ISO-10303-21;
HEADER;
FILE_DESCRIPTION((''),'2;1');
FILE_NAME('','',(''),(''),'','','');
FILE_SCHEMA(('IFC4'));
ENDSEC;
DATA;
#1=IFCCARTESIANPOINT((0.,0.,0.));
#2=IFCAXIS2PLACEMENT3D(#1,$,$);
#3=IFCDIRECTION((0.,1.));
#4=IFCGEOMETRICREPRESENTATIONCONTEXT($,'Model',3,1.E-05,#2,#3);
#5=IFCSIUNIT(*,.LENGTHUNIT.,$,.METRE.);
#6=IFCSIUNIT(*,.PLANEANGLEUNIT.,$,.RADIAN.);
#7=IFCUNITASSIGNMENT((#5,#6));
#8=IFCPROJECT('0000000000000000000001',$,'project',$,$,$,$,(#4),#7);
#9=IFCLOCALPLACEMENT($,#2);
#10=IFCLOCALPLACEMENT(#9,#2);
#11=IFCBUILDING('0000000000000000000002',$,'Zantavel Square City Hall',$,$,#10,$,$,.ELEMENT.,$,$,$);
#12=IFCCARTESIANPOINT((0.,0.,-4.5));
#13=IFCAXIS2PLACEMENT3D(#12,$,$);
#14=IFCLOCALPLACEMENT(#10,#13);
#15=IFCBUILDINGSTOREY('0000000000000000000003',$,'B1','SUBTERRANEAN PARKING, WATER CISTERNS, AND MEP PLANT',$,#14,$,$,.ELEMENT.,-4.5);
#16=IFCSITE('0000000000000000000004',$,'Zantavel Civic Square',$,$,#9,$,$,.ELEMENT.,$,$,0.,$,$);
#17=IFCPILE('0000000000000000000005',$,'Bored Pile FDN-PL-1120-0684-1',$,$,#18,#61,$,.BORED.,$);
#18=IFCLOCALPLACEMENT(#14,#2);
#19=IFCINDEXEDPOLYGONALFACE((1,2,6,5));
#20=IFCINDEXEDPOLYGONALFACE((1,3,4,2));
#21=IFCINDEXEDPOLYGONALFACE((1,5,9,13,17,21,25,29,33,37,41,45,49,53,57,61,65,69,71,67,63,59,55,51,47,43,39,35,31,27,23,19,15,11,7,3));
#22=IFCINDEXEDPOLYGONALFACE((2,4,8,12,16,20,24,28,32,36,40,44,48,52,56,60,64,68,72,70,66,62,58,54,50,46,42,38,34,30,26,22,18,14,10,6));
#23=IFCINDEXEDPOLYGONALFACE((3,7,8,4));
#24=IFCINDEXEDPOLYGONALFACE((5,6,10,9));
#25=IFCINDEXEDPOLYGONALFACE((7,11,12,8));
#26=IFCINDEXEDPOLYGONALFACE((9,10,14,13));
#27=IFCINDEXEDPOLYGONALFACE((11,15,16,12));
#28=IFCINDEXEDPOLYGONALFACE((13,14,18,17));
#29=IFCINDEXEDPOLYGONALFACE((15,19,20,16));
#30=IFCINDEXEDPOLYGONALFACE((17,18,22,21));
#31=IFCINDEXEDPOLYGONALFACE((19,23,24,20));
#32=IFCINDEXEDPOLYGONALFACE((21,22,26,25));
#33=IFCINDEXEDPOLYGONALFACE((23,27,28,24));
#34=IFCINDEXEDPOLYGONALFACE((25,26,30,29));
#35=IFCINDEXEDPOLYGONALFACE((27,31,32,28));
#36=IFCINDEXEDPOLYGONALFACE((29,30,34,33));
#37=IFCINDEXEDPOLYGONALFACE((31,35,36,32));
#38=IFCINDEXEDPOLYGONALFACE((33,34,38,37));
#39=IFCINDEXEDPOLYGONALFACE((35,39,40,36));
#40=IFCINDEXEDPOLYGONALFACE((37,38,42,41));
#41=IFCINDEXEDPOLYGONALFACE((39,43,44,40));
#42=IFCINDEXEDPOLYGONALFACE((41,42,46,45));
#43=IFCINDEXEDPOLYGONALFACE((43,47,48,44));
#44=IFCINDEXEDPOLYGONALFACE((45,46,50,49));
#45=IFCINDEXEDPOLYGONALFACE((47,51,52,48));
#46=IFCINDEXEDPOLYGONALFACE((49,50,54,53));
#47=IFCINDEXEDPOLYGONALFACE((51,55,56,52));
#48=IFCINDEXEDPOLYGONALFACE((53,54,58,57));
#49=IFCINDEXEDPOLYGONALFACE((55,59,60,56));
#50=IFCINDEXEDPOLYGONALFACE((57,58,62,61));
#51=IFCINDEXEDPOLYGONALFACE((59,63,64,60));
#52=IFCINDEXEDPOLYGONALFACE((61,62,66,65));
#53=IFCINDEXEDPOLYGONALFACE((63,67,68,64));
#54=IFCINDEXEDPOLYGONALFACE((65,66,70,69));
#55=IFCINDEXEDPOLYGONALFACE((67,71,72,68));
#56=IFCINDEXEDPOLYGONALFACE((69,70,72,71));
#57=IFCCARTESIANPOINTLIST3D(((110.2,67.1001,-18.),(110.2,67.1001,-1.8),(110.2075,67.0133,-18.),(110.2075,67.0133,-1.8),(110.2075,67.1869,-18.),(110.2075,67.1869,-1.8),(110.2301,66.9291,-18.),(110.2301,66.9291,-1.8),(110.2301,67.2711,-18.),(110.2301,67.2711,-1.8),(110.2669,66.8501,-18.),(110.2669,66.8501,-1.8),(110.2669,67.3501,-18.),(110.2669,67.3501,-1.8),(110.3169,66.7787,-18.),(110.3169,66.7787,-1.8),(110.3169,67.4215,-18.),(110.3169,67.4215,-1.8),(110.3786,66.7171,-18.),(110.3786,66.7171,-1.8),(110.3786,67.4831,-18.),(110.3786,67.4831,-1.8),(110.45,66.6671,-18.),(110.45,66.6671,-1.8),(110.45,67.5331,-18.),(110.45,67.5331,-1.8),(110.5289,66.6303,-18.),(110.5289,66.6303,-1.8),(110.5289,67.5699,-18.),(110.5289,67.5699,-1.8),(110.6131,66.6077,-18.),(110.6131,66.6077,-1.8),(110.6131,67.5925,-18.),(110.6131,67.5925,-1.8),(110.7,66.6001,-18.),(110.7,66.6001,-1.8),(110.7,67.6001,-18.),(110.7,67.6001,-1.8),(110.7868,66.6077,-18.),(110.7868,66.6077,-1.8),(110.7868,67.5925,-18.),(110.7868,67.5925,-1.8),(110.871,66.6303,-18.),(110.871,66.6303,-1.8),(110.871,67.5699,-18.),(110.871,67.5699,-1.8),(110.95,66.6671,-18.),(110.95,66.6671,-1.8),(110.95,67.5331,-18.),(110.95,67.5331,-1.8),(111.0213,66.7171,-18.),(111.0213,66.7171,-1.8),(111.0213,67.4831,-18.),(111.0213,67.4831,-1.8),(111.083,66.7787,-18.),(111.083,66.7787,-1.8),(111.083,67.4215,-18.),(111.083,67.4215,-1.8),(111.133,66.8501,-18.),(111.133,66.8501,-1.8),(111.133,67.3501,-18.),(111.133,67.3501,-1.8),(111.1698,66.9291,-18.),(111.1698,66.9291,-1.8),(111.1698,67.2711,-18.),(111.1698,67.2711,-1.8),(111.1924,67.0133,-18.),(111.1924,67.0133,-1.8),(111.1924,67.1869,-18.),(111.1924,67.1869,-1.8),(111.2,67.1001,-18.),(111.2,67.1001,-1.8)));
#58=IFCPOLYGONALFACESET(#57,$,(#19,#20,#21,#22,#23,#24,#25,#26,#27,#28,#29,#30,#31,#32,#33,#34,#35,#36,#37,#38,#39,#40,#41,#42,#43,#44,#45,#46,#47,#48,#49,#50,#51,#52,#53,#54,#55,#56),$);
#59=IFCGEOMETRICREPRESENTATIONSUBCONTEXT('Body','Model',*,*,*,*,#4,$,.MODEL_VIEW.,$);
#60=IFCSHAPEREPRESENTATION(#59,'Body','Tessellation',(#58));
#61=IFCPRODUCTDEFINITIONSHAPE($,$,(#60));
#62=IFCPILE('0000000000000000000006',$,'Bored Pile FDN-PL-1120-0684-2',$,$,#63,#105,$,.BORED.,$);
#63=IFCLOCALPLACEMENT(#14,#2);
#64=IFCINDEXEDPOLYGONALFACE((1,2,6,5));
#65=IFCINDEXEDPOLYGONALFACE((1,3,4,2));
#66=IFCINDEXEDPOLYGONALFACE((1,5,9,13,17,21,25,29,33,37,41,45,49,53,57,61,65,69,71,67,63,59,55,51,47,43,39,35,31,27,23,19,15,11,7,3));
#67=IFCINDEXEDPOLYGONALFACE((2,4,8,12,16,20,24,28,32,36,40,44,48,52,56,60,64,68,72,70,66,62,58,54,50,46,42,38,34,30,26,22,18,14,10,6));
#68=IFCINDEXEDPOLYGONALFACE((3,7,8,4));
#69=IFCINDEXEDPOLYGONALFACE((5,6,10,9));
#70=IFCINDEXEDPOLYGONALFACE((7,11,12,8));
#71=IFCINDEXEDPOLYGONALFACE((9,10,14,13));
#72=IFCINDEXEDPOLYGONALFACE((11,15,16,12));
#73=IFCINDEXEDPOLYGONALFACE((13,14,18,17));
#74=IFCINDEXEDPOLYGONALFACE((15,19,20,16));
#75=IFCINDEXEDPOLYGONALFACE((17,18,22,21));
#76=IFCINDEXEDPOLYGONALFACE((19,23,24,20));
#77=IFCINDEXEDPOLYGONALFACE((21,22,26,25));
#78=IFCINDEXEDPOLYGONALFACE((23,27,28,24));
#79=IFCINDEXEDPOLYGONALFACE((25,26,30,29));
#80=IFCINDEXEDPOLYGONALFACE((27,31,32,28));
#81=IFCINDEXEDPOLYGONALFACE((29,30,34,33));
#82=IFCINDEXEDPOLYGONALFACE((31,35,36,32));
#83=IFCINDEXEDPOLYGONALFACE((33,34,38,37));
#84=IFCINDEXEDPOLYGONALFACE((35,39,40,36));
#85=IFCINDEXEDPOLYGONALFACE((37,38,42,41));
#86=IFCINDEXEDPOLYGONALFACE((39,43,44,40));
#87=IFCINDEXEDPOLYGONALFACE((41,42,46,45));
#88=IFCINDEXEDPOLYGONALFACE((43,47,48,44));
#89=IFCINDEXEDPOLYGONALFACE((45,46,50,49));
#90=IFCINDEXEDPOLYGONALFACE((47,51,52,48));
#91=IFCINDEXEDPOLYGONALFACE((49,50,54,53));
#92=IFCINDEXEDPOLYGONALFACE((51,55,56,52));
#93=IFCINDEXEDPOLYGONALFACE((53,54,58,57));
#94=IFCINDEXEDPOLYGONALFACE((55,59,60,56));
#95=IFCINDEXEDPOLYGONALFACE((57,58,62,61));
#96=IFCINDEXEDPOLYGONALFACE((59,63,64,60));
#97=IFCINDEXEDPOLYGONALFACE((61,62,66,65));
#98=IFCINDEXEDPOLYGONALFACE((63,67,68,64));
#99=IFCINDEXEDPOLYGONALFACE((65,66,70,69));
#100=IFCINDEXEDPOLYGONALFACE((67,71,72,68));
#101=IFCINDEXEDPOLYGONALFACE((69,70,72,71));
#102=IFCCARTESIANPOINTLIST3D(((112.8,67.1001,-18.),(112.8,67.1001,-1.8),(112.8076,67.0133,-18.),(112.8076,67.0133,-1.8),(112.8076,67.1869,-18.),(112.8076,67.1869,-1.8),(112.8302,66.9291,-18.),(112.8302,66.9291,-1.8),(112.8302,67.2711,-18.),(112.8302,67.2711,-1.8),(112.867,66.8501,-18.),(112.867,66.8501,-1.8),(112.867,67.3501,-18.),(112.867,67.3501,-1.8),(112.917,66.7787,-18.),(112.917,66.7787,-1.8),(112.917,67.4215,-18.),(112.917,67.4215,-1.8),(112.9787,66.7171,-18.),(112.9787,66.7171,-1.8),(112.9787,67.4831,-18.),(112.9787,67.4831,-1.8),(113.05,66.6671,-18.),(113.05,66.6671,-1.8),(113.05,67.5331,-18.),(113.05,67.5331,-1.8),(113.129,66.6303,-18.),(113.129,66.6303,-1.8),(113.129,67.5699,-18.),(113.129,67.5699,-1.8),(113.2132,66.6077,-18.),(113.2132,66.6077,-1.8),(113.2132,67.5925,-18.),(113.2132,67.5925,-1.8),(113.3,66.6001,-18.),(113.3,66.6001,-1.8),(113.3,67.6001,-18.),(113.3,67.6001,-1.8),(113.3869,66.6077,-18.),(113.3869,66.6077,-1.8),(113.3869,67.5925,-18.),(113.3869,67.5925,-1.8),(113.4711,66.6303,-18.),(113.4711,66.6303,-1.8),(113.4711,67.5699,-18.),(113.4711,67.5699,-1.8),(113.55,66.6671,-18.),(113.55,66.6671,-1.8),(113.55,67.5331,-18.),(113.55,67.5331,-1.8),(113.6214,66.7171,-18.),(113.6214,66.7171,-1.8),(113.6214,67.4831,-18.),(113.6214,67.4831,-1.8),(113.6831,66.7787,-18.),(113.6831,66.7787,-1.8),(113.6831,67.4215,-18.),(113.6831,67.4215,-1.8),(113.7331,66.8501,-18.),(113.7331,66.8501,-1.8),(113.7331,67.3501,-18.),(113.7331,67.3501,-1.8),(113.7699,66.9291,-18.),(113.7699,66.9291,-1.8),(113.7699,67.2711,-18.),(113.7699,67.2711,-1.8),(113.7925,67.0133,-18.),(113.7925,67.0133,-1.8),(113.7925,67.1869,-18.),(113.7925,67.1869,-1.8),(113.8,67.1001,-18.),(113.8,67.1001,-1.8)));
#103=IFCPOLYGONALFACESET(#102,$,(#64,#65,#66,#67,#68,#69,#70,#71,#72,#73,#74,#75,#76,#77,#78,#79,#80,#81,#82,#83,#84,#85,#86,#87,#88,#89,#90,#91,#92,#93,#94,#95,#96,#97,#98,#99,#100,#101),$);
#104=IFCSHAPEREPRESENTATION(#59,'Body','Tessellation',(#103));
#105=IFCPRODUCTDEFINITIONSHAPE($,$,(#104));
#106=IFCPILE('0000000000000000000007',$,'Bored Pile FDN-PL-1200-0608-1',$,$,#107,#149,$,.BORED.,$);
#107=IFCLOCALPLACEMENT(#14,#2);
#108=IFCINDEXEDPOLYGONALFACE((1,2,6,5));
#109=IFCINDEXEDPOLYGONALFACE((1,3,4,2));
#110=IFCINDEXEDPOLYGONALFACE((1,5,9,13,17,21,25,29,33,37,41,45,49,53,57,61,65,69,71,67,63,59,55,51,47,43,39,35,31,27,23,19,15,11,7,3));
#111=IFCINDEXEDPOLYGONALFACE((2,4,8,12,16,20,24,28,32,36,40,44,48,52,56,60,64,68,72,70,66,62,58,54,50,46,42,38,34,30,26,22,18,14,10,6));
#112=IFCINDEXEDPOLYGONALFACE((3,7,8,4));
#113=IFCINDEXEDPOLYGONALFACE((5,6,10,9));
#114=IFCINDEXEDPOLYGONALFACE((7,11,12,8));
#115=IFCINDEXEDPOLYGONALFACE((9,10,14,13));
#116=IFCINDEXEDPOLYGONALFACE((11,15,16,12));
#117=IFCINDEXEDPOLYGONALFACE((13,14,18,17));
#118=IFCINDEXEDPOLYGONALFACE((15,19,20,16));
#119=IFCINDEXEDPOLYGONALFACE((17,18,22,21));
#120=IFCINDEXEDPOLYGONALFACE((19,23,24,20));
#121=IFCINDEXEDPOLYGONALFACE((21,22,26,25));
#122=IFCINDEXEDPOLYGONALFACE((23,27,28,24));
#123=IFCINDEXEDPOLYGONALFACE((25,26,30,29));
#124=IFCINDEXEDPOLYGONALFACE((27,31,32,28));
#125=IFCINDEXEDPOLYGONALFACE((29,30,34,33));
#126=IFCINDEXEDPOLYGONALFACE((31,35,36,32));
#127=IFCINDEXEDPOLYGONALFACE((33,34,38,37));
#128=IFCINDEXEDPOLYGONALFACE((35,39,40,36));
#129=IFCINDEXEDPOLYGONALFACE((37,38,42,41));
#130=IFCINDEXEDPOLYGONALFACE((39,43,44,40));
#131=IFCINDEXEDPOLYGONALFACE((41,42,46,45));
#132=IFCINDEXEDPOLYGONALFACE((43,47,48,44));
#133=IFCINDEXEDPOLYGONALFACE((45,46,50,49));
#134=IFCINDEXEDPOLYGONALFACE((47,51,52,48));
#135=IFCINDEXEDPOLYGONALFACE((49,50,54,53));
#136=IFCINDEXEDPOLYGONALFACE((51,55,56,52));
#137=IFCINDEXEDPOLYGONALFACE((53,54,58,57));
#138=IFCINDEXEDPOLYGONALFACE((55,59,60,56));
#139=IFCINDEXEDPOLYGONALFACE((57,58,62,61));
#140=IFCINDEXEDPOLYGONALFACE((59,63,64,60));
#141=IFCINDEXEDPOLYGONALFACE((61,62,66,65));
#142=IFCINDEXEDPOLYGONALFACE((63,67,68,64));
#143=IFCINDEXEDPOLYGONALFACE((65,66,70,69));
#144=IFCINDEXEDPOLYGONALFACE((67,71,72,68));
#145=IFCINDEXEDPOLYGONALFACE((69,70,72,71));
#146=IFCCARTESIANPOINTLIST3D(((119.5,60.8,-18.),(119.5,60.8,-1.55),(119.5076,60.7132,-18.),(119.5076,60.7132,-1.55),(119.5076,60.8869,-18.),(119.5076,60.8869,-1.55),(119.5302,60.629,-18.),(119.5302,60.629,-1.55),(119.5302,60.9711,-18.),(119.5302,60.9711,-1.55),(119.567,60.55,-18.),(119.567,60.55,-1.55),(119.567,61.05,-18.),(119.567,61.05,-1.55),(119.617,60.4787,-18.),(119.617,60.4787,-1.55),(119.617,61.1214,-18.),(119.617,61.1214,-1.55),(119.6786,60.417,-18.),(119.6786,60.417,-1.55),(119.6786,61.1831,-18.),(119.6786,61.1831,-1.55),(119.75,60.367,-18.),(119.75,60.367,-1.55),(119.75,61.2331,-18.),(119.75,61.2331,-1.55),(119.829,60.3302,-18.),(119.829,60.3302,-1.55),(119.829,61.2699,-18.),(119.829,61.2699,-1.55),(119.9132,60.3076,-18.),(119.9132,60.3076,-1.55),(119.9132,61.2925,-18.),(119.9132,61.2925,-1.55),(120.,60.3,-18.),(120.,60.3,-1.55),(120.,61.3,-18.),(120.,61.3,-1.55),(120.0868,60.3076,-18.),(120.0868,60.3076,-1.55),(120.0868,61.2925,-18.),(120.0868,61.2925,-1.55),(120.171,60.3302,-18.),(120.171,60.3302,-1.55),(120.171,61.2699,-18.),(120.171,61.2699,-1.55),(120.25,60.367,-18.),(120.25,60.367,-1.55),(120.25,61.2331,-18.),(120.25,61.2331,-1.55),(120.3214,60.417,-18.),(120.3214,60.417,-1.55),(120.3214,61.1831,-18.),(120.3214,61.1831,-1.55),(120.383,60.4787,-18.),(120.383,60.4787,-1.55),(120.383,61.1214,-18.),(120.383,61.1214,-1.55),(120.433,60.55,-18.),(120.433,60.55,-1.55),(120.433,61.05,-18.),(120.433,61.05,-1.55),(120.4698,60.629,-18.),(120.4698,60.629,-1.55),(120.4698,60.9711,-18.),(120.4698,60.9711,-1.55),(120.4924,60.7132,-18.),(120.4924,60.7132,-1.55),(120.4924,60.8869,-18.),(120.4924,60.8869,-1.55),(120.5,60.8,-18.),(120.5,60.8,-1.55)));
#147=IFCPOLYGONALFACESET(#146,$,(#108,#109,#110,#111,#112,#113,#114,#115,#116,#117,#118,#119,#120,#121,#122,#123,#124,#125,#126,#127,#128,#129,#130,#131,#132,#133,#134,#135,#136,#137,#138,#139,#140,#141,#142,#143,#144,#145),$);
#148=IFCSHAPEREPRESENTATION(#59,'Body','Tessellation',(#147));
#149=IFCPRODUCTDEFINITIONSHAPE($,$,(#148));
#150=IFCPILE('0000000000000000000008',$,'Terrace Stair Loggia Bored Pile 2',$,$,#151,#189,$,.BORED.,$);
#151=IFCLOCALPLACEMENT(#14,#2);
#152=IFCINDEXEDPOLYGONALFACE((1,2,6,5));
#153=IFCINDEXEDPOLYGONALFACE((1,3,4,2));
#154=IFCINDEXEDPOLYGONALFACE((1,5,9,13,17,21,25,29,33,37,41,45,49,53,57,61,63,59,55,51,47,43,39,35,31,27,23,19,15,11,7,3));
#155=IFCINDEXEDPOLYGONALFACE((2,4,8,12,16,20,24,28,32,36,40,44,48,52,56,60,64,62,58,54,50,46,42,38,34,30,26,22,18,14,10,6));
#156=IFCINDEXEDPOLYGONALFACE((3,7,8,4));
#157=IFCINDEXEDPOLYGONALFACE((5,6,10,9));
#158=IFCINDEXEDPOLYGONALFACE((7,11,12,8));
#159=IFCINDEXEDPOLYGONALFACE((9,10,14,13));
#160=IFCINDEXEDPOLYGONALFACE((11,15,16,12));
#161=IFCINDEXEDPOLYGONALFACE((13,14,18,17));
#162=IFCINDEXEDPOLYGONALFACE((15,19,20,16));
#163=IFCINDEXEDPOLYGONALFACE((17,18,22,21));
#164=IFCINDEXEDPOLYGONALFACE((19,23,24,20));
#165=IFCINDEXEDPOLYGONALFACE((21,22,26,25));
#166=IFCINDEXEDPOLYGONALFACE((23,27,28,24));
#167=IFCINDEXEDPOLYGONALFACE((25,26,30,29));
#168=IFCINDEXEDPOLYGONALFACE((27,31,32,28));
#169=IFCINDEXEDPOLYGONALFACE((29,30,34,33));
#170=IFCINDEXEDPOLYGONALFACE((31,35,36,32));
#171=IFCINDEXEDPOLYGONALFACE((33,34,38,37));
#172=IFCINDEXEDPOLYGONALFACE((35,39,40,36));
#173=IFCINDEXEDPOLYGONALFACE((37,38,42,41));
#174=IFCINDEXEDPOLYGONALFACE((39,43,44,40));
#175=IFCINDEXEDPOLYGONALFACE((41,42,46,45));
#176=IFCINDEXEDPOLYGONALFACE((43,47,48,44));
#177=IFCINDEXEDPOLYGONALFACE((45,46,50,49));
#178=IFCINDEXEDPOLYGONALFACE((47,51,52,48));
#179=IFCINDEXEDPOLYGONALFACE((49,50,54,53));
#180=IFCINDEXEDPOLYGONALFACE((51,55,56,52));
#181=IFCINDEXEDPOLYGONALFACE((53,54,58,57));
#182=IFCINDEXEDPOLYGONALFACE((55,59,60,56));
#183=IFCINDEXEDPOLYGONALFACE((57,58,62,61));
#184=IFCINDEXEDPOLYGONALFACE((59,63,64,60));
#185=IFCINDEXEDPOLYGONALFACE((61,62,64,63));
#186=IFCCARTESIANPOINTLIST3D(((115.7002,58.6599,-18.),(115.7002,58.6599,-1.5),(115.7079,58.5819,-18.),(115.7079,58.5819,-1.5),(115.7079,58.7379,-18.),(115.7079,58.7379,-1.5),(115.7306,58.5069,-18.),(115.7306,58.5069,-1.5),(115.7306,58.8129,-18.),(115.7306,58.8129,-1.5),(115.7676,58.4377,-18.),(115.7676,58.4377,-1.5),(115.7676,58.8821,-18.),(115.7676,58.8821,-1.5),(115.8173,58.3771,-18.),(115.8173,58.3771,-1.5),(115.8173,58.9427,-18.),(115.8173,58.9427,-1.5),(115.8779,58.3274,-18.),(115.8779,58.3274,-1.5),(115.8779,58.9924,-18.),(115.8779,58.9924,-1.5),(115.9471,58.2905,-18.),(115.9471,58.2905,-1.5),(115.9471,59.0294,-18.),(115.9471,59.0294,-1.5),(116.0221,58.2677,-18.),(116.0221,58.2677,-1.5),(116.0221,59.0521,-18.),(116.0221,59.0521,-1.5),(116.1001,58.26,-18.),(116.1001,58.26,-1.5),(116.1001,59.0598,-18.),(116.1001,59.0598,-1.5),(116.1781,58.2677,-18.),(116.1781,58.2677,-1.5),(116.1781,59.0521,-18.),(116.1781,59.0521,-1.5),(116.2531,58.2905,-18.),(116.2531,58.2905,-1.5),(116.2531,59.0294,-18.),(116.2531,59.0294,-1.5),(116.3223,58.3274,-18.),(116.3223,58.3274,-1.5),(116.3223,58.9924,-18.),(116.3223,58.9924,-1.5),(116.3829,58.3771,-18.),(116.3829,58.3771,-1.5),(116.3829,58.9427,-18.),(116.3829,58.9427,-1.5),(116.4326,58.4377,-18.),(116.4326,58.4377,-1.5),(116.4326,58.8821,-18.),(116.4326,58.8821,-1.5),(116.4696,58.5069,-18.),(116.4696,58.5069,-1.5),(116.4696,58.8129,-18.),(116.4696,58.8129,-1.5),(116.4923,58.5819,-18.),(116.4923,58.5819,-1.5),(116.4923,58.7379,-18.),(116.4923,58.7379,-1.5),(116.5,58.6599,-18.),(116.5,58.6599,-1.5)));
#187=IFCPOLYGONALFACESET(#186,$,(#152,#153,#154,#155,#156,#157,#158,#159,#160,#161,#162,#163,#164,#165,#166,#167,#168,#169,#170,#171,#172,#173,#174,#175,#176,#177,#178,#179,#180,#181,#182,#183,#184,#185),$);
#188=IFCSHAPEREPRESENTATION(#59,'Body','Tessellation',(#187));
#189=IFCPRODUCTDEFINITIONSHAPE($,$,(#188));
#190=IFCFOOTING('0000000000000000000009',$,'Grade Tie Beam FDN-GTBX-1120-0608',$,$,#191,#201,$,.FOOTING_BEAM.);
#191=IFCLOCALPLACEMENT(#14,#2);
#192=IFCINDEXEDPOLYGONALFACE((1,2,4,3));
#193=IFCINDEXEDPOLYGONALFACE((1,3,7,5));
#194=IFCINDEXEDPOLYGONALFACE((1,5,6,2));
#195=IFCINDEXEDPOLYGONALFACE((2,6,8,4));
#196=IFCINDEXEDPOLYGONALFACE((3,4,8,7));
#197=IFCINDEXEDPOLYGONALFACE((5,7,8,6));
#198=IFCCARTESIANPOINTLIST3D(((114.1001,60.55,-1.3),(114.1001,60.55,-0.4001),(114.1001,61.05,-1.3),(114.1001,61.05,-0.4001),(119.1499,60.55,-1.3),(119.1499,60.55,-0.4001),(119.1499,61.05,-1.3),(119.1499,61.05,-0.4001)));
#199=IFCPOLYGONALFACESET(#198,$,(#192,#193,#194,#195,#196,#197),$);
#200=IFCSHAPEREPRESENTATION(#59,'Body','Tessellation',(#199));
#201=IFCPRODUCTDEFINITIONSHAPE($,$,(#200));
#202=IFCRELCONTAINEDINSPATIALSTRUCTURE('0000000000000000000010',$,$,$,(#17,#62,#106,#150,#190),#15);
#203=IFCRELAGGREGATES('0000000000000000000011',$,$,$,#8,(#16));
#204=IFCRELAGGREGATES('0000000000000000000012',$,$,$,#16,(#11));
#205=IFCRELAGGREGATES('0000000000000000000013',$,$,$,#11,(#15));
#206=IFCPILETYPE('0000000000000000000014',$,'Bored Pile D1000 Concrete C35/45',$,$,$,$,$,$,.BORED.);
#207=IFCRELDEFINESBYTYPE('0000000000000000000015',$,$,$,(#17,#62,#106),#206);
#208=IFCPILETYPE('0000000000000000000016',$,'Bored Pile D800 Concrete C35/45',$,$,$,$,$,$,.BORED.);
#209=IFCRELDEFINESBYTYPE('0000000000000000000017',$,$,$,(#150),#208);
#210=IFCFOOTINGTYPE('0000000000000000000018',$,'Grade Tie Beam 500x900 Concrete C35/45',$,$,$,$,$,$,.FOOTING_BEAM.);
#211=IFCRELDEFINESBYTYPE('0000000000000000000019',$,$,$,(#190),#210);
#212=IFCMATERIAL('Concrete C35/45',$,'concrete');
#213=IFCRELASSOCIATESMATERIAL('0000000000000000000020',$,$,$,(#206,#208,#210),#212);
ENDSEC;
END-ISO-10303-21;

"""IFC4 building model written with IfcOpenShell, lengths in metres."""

from ifc_helpers import new_model, si_unit, direction, frame, origin, origin_2d, place, context, subcontext, project, spatial, rectangle, circle, extrude, material, material_profile, profile_set, type_object, element, save


model = new_model("IFC4")

# Units and contexts
model_context = context("Model", 3, precision=1e-05, world=origin(), true_north=direction((0.0, 1.0)))
body_context = subcontext(model_context, "Body", "Model", "MODEL_VIEW")
ifc_project = project(units=[si_unit("LENGTHUNIT", "METRE"), si_unit("PLANEANGLEUNIT", "RADIAN")], contexts=[model_context])

# Site, building, storey
site_placement = place(None, origin())
site = spatial("IfcSite", under=ifc_project, at=site_placement, Name="Zantavel Civic Square", CompositionType="ELEMENT", RefElevation=0.0)
building_placement = place(site_placement, origin())
building = spatial("IfcBuilding", under=site, at=building_placement, Name="Zantavel Square City Hall", CompositionType="ELEMENT")
storey_placement = place(building_placement, frame((0.0, 0.0, -4.5)))
storey = spatial("IfcBuildingStorey", under=building, at=storey_placement, Name="B1", Description="SUBTERRANEAN PARKING, WATER CISTERNS, AND MEP PLANT", CompositionType="ELEMENT", Elevation=-4.5)

# Piles
ifc_material_1 = material(Name="Concrete C35/45", Category="concrete")
ifc_material_profile_1 = material_profile(ifc_material_1, circle(Radius=0.5, at=origin_2d()), Name="PILE D1000")
ifc_profile_set_1 = profile_set([ifc_material_profile_1], Name="Concrete C35/45")
pile_type_1 = type_object("IfcPileType", Name="Bored Pile D1000 Concrete C35/45", PredefinedType="BORED", material=ifc_profile_set_1)
for number, where, z_axis, x_axis, name in (
    (1, (110.7, 67.1001, -1.8), (0.0, 0.0, -1.0), (1.0, 0.0, 0.0), "Bored Pile FDN-PL-1120-0684-1"),
    (2, (113.3, 67.1001, -1.8), (0.0, 0.0, -1.0), (1.0, 0.0, 0.0), "Bored Pile FDN-PL-1120-0684-2"),
):
    element("IfcPile", number, at=place(storey_placement, frame(where, z_axis=z_axis, x_axis=x_axis)), inside=storey, type_object=pile_type_1, Name=name, PredefinedType="BORED", context=body_context, shape_type="SweptSolid", body=[
        extrude(circle(Radius=0.5, at=origin_2d()), origin(), (0.0, 0.0, 1.0), 16.2),
    ])
pile_1_placement = place(storey_placement, frame((120.0, 60.8, -1.55), z_axis=(0.0, 0.0, -1.0), x_axis=(1.0, 0.0, 0.0)))
element("IfcPile", 3, at=pile_1_placement, inside=storey, type_object=pile_type_1, Name="Bored Pile FDN-PL-1200-0608-1", PredefinedType="BORED", context=body_context, shape_type="SweptSolid", body=[
    extrude(circle(Radius=0.5, at=origin_2d()), origin(), (0.0, 0.0, 1.0), 16.45),
])
ifc_material_profile_2 = material_profile(ifc_material_1, circle(Radius=0.3999, at=origin_2d()), Name="PILE D800")
ifc_profile_set_2 = profile_set([ifc_material_profile_2], Name="Concrete C35/45")
pile_type_2 = type_object("IfcPileType", Name="Bored Pile D800 Concrete C35/45", PredefinedType="BORED", material=ifc_profile_set_2)
pile_2_placement = place(storey_placement, frame((116.1001, 58.6599, -1.5), z_axis=(0.0, 0.0, -1.0), x_axis=(1.0, 0.0, 0.0)))
element("IfcPile", 4, at=pile_2_placement, inside=storey, type_object=pile_type_2, Name="Terrace Stair Loggia Bored Pile 2", PredefinedType="BORED", context=body_context, shape_type="SweptSolid", body=[
    extrude(circle(Radius=0.3999, at=origin_2d()), origin(), (0.0, 0.0, 1.0), 16.5),
])

# Footing
ifc_material_profile_3 = material_profile(ifc_material_1, rectangle(XDim=0.5, YDim=0.8999, at=origin_2d()), Name="RC 500x900")
ifc_profile_set_3 = profile_set([ifc_material_profile_3], Name="Concrete C35/45")
footing_type_1 = type_object("IfcFootingType", Name="Grade Tie Beam 500x900 Concrete C35/45", PredefinedType="FOOTING_BEAM", material=ifc_profile_set_3)
footing_1_placement = place(storey_placement, frame((114.1001, 60.8, -0.8501), z_axis=(1.0, 0.0, 0.0), x_axis=(0.0, 1.0, 0.0)))
element("IfcFooting", 5, at=footing_1_placement, inside=storey, type_object=footing_type_1, Name="Grade Tie Beam FDN-GTBX-1120-0608", PredefinedType="FOOTING_BEAM", context=body_context, shape_type="SweptSolid", body=[
    extrude(rectangle(XDim=0.5, YDim=0.8999, at=origin_2d()), origin(), (0.0, 0.0, 1.0), 5.0498),
])

save(model, "model.ifc")
